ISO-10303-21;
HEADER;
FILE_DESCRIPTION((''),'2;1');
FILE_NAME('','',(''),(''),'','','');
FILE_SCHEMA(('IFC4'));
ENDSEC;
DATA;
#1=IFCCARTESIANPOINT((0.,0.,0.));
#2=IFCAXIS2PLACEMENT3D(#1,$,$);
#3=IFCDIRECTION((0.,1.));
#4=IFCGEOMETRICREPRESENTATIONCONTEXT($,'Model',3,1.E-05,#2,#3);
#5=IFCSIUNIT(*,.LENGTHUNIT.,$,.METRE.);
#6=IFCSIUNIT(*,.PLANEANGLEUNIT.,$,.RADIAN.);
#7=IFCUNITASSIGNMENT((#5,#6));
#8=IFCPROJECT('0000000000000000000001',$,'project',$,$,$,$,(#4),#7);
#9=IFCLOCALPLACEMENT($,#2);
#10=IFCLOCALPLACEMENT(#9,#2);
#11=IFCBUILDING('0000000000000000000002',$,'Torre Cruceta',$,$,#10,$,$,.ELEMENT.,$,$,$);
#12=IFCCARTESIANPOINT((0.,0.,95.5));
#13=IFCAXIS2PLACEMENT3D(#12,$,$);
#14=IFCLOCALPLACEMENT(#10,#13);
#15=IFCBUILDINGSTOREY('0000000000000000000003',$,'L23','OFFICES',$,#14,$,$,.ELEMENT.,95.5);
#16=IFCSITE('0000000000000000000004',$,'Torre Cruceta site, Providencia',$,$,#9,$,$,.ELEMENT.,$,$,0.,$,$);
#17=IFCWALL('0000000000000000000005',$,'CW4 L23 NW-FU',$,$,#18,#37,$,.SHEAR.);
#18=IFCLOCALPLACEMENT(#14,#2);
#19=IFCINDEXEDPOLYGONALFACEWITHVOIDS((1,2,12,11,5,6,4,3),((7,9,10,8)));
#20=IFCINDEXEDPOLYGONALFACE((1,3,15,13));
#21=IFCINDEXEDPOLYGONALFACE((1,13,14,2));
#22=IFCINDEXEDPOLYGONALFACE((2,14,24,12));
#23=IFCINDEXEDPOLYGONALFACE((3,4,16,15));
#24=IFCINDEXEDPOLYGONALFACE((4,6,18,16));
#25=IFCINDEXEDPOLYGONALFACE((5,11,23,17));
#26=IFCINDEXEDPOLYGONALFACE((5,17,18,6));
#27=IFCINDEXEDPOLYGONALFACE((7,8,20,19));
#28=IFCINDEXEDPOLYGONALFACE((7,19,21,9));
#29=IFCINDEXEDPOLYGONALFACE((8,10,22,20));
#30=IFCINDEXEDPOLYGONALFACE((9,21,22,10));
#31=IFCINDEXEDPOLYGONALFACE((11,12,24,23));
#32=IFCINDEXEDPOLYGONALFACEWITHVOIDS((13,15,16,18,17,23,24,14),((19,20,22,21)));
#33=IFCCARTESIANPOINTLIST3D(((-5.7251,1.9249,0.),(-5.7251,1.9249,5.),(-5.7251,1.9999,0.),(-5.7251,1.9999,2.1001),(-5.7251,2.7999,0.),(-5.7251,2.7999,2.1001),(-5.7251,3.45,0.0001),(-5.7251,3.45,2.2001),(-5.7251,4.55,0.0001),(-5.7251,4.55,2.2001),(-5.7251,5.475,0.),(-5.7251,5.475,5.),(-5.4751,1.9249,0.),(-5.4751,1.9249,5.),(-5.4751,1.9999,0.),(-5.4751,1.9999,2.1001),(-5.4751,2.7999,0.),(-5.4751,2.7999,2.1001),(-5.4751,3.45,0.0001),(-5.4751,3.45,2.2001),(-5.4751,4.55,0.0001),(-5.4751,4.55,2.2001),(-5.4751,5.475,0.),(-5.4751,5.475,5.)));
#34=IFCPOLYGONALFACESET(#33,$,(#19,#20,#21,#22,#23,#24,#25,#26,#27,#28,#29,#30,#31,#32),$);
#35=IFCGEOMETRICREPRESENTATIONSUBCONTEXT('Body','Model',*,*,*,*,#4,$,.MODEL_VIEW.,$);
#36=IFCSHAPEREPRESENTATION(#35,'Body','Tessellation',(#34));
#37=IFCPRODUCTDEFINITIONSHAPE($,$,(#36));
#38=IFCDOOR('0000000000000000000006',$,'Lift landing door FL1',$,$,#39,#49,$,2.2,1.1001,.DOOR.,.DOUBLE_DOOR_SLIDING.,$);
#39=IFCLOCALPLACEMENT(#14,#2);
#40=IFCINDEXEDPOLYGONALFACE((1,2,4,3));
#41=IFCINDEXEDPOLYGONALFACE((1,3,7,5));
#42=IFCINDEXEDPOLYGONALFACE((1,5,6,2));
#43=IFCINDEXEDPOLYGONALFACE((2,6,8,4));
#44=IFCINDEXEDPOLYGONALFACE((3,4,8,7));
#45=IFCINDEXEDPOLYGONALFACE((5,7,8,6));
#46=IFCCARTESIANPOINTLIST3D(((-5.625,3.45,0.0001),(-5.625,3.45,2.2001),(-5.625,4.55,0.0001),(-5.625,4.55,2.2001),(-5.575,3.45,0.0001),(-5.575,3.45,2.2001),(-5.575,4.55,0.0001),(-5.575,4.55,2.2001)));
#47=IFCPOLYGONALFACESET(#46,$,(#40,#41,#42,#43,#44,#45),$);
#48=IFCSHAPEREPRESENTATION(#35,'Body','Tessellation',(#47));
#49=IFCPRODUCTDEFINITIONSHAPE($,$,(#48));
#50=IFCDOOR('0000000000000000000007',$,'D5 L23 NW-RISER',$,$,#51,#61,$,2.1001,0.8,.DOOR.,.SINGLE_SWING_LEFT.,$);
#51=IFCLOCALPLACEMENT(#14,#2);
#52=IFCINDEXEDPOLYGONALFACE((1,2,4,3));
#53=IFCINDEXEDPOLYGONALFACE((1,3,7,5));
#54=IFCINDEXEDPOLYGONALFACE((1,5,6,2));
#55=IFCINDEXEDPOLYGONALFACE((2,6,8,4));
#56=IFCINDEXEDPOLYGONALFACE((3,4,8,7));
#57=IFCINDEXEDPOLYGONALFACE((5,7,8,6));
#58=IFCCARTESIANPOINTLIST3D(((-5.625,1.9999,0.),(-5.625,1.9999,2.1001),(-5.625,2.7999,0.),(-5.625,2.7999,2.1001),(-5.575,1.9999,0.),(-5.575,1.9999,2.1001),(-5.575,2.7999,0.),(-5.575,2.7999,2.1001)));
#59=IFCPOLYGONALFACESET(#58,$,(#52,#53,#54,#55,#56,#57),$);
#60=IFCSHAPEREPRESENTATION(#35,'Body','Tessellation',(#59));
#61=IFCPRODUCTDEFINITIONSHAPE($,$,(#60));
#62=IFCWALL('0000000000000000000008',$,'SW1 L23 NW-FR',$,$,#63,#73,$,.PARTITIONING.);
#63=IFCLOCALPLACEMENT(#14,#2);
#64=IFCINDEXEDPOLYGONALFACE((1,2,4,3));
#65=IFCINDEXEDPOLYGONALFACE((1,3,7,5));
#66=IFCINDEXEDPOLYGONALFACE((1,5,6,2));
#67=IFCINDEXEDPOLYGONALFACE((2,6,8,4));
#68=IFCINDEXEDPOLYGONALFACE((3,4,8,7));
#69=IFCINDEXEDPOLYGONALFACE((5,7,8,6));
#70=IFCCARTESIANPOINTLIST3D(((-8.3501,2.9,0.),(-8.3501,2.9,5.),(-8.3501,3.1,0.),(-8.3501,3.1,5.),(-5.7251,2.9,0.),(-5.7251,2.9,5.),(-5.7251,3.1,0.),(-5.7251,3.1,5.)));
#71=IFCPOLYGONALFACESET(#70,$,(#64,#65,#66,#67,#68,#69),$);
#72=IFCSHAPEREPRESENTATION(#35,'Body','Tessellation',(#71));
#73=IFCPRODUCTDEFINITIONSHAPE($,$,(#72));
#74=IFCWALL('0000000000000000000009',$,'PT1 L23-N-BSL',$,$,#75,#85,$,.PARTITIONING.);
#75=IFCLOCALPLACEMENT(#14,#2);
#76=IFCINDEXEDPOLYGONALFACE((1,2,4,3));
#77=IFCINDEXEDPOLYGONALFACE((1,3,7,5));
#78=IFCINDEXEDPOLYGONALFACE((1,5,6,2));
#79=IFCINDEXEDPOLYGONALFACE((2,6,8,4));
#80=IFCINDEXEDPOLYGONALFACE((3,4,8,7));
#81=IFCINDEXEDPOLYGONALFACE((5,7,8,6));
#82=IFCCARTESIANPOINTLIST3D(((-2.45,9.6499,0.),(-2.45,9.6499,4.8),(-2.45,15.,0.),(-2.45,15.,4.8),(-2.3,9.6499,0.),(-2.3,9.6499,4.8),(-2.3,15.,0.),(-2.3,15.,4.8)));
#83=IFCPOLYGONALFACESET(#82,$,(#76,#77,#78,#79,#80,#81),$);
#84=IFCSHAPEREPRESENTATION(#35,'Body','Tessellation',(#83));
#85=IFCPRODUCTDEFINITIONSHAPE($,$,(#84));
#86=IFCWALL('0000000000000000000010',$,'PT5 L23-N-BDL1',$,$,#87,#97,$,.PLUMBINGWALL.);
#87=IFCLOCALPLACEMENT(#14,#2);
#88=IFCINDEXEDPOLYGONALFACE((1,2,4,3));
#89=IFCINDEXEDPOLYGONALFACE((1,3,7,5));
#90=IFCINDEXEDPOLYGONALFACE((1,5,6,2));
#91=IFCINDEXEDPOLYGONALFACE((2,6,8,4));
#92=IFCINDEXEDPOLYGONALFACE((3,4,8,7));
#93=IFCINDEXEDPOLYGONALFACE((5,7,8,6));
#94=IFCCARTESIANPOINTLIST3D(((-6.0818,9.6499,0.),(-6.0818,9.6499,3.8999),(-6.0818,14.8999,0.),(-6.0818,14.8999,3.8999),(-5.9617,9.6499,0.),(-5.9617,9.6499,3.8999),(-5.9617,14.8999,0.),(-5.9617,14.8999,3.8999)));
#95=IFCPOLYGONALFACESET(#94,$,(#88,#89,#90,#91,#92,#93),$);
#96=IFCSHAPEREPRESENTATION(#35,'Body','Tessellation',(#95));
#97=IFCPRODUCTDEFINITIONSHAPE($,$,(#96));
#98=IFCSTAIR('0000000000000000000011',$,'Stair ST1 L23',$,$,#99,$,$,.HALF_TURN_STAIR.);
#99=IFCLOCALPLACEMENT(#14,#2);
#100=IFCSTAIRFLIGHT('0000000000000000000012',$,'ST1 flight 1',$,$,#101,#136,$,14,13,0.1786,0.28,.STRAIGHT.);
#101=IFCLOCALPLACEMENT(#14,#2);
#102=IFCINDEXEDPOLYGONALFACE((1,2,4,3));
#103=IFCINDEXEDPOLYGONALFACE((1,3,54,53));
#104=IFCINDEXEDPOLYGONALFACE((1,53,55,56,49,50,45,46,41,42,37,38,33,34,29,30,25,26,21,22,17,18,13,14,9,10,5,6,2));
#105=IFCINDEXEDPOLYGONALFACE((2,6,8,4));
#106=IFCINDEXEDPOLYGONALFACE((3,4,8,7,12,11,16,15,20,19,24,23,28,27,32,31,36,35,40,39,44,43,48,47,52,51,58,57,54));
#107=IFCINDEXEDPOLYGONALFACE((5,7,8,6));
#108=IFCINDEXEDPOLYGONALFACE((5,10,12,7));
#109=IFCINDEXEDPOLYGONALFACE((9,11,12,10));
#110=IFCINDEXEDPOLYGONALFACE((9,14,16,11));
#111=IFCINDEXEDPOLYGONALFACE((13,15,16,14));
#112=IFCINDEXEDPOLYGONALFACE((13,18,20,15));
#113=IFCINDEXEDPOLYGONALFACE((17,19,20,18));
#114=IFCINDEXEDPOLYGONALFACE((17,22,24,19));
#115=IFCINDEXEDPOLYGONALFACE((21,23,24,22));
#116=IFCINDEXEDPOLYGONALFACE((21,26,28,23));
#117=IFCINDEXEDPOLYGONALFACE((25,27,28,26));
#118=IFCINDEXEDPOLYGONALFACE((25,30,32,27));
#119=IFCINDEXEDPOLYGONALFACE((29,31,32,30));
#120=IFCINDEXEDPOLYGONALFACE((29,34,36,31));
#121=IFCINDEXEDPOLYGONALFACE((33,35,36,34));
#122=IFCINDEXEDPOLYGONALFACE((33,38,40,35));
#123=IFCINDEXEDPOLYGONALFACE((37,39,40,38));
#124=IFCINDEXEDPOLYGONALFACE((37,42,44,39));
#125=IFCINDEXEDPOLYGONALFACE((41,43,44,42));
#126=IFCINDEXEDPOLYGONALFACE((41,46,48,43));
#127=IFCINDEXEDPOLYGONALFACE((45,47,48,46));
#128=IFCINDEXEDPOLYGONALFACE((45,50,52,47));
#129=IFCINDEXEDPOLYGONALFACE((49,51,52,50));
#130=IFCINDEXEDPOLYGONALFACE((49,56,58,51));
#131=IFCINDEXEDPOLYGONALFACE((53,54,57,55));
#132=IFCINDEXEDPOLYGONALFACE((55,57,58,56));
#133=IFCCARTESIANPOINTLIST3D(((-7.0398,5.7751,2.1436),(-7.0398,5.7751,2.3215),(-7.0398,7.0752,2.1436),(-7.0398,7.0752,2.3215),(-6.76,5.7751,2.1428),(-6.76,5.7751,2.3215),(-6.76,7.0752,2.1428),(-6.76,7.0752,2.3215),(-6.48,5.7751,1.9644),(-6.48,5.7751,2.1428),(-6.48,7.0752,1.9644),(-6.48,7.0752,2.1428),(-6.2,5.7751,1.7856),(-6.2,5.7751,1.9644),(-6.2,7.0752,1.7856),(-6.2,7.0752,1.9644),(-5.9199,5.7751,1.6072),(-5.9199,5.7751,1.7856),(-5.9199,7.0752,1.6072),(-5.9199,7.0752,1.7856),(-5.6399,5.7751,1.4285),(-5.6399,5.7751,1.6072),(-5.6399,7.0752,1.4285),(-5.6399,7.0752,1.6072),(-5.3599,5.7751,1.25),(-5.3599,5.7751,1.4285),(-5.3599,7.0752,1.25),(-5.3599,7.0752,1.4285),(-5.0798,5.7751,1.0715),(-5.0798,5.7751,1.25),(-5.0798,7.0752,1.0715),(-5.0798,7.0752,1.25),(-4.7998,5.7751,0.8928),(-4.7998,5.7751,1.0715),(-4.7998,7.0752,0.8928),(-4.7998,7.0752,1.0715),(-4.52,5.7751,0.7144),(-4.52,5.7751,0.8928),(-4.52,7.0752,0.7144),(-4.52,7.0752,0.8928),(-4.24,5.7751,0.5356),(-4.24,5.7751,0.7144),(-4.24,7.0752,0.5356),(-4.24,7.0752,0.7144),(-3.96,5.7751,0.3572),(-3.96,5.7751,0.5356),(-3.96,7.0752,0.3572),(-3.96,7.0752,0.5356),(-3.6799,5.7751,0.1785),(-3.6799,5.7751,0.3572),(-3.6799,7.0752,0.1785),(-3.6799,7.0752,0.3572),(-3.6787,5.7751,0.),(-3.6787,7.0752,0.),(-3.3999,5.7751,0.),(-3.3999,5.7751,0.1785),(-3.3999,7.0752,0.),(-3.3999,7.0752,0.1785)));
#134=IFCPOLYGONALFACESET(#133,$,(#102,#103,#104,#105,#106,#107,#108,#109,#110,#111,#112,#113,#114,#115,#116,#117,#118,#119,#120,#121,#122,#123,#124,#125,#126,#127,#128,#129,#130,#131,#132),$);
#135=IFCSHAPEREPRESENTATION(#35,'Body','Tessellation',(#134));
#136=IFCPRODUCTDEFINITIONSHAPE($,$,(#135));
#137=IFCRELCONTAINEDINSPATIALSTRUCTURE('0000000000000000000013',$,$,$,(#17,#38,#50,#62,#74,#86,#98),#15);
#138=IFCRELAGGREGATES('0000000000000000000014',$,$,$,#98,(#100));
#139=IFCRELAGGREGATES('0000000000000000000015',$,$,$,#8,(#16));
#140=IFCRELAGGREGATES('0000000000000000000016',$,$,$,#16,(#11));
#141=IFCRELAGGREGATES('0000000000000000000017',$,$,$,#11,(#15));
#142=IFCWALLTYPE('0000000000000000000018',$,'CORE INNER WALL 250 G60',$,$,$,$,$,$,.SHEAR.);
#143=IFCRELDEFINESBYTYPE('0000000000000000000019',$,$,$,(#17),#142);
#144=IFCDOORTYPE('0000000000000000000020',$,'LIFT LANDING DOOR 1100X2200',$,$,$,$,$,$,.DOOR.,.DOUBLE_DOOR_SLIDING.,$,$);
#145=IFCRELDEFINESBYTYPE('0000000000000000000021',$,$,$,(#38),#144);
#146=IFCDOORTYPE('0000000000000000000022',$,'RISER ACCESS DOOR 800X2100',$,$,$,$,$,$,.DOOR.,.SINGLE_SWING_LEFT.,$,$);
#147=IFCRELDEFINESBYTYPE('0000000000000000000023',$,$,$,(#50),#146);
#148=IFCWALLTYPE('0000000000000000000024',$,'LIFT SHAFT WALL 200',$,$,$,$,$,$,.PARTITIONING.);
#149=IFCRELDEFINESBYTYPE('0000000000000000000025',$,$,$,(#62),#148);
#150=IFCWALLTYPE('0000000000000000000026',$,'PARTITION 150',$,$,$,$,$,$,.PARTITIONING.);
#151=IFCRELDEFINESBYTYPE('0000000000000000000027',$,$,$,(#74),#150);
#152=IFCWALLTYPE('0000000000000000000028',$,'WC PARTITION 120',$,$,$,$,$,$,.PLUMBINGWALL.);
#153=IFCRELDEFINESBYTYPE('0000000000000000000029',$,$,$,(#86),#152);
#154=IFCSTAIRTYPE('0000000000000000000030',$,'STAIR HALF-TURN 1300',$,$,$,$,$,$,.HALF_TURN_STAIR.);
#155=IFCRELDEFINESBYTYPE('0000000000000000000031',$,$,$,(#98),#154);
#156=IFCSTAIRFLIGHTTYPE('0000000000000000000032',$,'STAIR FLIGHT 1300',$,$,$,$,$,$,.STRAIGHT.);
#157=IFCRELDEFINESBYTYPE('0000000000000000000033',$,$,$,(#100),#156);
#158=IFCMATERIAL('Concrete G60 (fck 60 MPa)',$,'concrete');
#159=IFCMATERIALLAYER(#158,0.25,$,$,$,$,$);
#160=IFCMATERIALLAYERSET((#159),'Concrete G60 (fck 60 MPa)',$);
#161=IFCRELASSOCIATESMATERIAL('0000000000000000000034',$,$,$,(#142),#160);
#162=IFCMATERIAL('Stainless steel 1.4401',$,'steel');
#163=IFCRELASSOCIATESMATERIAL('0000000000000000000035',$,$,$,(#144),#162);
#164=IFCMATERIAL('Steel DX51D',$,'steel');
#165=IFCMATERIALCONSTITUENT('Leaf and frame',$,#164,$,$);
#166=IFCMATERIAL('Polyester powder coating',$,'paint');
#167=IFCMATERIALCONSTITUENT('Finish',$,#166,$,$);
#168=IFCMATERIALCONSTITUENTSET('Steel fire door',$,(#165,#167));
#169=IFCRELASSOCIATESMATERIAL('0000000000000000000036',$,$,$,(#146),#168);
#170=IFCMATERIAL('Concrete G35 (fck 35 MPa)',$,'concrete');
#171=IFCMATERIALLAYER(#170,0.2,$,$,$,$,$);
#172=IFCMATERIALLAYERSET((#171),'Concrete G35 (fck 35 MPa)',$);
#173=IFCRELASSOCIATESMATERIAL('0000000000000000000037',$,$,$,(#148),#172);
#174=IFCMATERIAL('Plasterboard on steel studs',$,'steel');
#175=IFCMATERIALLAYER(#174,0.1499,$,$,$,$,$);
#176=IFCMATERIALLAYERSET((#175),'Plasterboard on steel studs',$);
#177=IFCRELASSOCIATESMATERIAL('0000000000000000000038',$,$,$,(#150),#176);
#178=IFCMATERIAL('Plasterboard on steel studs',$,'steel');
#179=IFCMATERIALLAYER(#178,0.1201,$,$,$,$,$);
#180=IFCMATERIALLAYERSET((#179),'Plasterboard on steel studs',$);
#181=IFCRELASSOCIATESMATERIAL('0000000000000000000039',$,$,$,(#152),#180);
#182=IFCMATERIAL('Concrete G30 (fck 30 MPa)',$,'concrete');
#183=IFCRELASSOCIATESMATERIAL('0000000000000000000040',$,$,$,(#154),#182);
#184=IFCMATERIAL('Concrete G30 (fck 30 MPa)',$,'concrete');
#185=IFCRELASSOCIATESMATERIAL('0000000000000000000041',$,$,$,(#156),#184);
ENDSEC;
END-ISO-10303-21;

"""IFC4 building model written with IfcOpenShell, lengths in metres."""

from ifc_helpers import new_model, si_unit, direction, frame, frame_2d, origin, place, context, subcontext, project, spatial, polyline, rectangle, outline, extrude, material, layer, layer_set, constituent, constituent_set, type_object, element, fill, aggregate, save


model = new_model("IFC4")

# Units and contexts
model_context = context("Model", 3, precision=1e-05, world=origin(), true_north=direction((0.0, 1.0)))
body_context = subcontext(model_context, "Body", "Model", "MODEL_VIEW")
ifc_project = project(units=[si_unit("LENGTHUNIT", "METRE"), si_unit("PLANEANGLEUNIT", "RADIAN")], contexts=[model_context])

# Site, building, storey
site_placement = place(None, origin())
site = spatial("IfcSite", under=ifc_project, at=site_placement, Name="Torre Cruceta site, Providencia", CompositionType="ELEMENT", RefElevation=0.0)
building_placement = place(site_placement, origin())
building = spatial("IfcBuilding", under=site, at=building_placement, Name="Torre Cruceta", CompositionType="ELEMENT")
storey_placement = place(building_placement, frame((0.0, 0.0, 95.5)))
storey = spatial("IfcBuildingStorey", under=building, at=storey_placement, Name="L23", Description="OFFICES", CompositionType="ELEMENT", Elevation=95.5)

# Shared definitions
ifc_material_1 = material(Name="Concrete G60 (fck 60 MPa)", Category="concrete")
ifc_layer_1 = layer(ifc_material_1, 0.25)
ifc_layer_set_1 = layer_set([ifc_layer_1], Name="Concrete G60 (fck 60 MPa)")
wall_type_1 = type_object("IfcWallType", Name="CORE INNER WALL 250 G60", PredefinedType="SHEAR", material=ifc_layer_set_1)

# Wall, openings, doors
wall_1_placement = place(storey_placement, frame((-5.6001, 1.925, 0.0), z_axis=(0.0, 0.0, 1.0), x_axis=(0.0, 1.0, 0.0)))
wall_1 = element("IfcWall", 1, at=wall_1_placement, inside=storey, type_object=wall_type_1, Name="CW4 L23 NW-FU", PredefinedType="SHEAR", context=body_context, shape_type="SweptSolid", body=[
    extrude(rectangle(XDim=3.55, YDim=0.25, at=frame_2d((1.7749, 0.0))), origin(), (0.0, 0.0, 1.0), 5.0),
])
opening_1_placement = place(wall_1_placement, frame((1.5249, 0.0, 0.0)))
opening_1 = element("IfcOpeningElement", 2, at=opening_1_placement, cuts=wall_1, PredefinedType="OPENING", context=body_context, shape_type="SweptSolid", body=[
    extrude(rectangle(XDim=1.1001, YDim=2.2, at=frame_2d((0.55, 1.1001))), frame((0.0, 0.135, 0.0), z_axis=(0.0, -1.0, 0.0), x_axis=(1.0, 0.0, 0.0)), (0.0, 0.0, 1.0), 0.27),
])
opening_2_placement = place(wall_1_placement, frame((0.075, 0.0, 0.0)))
opening_2 = element("IfcOpeningElement", 3, at=opening_2_placement, cuts=wall_1, PredefinedType="OPENING", context=body_context, shape_type="SweptSolid", body=[
    extrude(rectangle(XDim=0.8, YDim=2.1001, at=frame_2d((0.3999, 1.05))), frame((0.0, 0.135, 0.0), z_axis=(0.0, -1.0, 0.0), x_axis=(1.0, 0.0, 0.0)), (0.0, 0.0, 1.0), 0.27),
])
ifc_material_2 = material(Name="Stainless steel 1.4401", Category="steel")
door_type_1 = type_object("IfcDoorType", Name="LIFT LANDING DOOR 1100X2200", OperationType="DOUBLE_DOOR_SLIDING", PredefinedType="DOOR", material=ifc_material_2)
door_1_placement = place(opening_1_placement, origin())
door_1 = element("IfcDoor", 4, at=door_1_placement, inside=storey, type_object=door_type_1, Name="Lift landing door FL1", OperationType="DOUBLE_DOOR_SLIDING", OverallHeight=2.2, OverallWidth=1.1001, PredefinedType="DOOR", context=body_context, shape_type="SweptSolid", body=[
    extrude(rectangle(XDim=1.1001, YDim=2.2, at=frame_2d((0.55, 1.1001))), frame((0.0, 0.0249, 0.0), z_axis=(0.0, -1.0, 0.0), x_axis=(1.0, 0.0, 0.0)), (0.0, 0.0, 1.0), 0.05),
])
fill(opening_1, door_1)
ifc_material_3 = material(Name="Steel DX51D", Category="steel")
ifc_constituent_1 = constituent(ifc_material_3, Name="Leaf and frame")
ifc_material_4 = material(Name="Polyester powder coating", Category="paint")
ifc_constituent_2 = constituent(ifc_material_4, Name="Finish")
ifc_constituent_set_1 = constituent_set(constituents=[ifc_constituent_1, ifc_constituent_2], Name="Steel fire door")
door_type_2 = type_object("IfcDoorType", Name="RISER ACCESS DOOR 800X2100", OperationType="SINGLE_SWING_LEFT", PredefinedType="DOOR", material=ifc_constituent_set_1)
door_2_placement = place(opening_2_placement, origin())
door_2 = element("IfcDoor", 5, at=door_2_placement, inside=storey, type_object=door_type_2, Name="D5 L23 NW-RISER", OperationType="SINGLE_SWING_LEFT", OverallHeight=2.1001, OverallWidth=0.8, PredefinedType="DOOR", context=body_context, shape_type="SweptSolid", body=[
    extrude(rectangle(XDim=0.8, YDim=2.1001, at=frame_2d((0.3999, 1.05))), frame((0.0, 0.0249, 0.0), z_axis=(0.0, -1.0, 0.0), x_axis=(1.0, 0.0, 0.0)), (0.0, 0.0, 1.0), 0.05),
])
fill(opening_2, door_2)

# Walls
ifc_material_5 = material(Name="Concrete G35 (fck 35 MPa)", Category="concrete")
ifc_layer_2 = layer(ifc_material_5, 0.2)
ifc_layer_set_2 = layer_set([ifc_layer_2], Name="Concrete G35 (fck 35 MPa)")
wall_type_2 = type_object("IfcWallType", Name="LIFT SHAFT WALL 200", PredefinedType="PARTITIONING", material=ifc_layer_set_2)
wall_2_placement = place(storey_placement, frame((-5.7251, 3.0, 0.0), z_axis=(0.0, 0.0, 1.0), x_axis=(-1.0, 0.0, 0.0)))
element("IfcWall", 6, at=wall_2_placement, inside=storey, type_object=wall_type_2, Name="SW1 L23 NW-FR", PredefinedType="PARTITIONING", context=body_context, shape_type="SweptSolid", body=[
    extrude(rectangle(XDim=2.625, YDim=0.2, at=frame_2d((1.3125, 0.0))), origin(), (0.0, 0.0, 1.0), 5.0),
])
ifc_material_6 = material(Name="Plasterboard on steel studs", Category="steel")
ifc_layer_3 = layer(ifc_material_6, 0.1499)
ifc_layer_set_3 = layer_set([ifc_layer_3], Name="Plasterboard on steel studs")
wall_type_3 = type_object("IfcWallType", Name="PARTITION 150", PredefinedType="PARTITIONING", material=ifc_layer_set_3)
wall_3_placement = place(storey_placement, frame((-2.375, 9.6499, 0.0), z_axis=(0.0, 0.0, 1.0), x_axis=(0.0, 1.0, 0.0)))
element("IfcWall", 7, at=wall_3_placement, inside=storey, type_object=wall_type_3, Name="PT1 L23-N-BSL", PredefinedType="PARTITIONING", context=body_context, shape_type="SweptSolid", body=[
    extrude(rectangle(XDim=5.3501, YDim=0.1499, at=frame_2d((2.675, 0.0))), origin(), (0.0, 0.0, 1.0), 4.8),
])
ifc_material_7 = material(Name="Plasterboard on steel studs", Category="steel")
ifc_layer_4 = layer(ifc_material_7, 0.1201)
ifc_layer_set_4 = layer_set([ifc_layer_4], Name="Plasterboard on steel studs")
wall_type_4 = type_object("IfcWallType", Name="WC PARTITION 120", PredefinedType="PLUMBINGWALL", material=ifc_layer_set_4)
wall_4_placement = place(storey_placement, frame((-6.0217, 9.6499, 0.0), z_axis=(0.0, 0.0, 1.0), x_axis=(0.0, 1.0, 0.0)))
element("IfcWall", 8, at=wall_4_placement, inside=storey, type_object=wall_type_4, Name="PT5 L23-N-BDL1", PredefinedType="PLUMBINGWALL", context=body_context, shape_type="SweptSolid", body=[
    extrude(rectangle(XDim=5.25, YDim=0.1201, at=frame_2d((2.625, 0.0))), origin(), (0.0, 0.0, 1.0), 3.8999),
])

# Stair, stair flight
ifc_material_8 = material(Name="Concrete G30 (fck 30 MPa)", Category="concrete")
stair_type = type_object("IfcStairType", Name="STAIR HALF-TURN 1300", PredefinedType="HALF_TURN_STAIR", material=ifc_material_8)
stair_placement = place(storey_placement, origin())
stair = element("IfcStair", 9, at=stair_placement, inside=storey, type_object=stair_type, Name="Stair ST1 L23", PredefinedType="HALF_TURN_STAIR")
ifc_material_9 = material(Name="Concrete G30 (fck 30 MPa)", Category="concrete")
stair_flight_type = type_object("IfcStairFlightType", Name="STAIR FLIGHT 1300", PredefinedType="STRAIGHT", material=ifc_material_9)
stair_flight_1_placement = place(storey_placement, frame((-3.3999, 6.425, 0.0), z_axis=(0.0, 0.0, 1.0), x_axis=(-1.0, 0.0, 0.0)))
stair_flight_1 = element("IfcStairFlight", 10, at=stair_flight_1_placement, type_object=stair_flight_type, Name="ST1 flight 1", NumberOfRisers=14, NumberOfTreads=13, PredefinedType="STRAIGHT", RiserHeight=0.1786, TreadLength=0.28, context=body_context, shape_type="SweptSolid", body=[
    extrude(outline(polyline([(0.0, 0.0), (0.0, 0.1785), (0.28, 0.1785), (0.28, 0.3572), (0.5601, 0.3572), (0.5601, 0.5356), (0.8401, 0.5356), (0.8401, 0.7144), (1.1201, 0.7144), (1.1201, 0.8928), (1.3999, 0.8928), (1.3999, 1.0715), (1.6799, 1.0715), (1.6799, 1.25), (1.96, 1.25), (1.96, 1.4285), (2.24, 1.4285), (2.24, 1.6072), (2.52, 1.6072), (2.52, 1.7856), (2.8, 1.7856), (2.8, 1.9644), (3.0801, 1.9644), (3.0801, 2.1428), (3.3601, 2.1428), (3.3601, 2.3215), (3.6399, 2.3215), (3.6399, 2.5), (3.6399, 2.1436), (0.2788, 0.0), (0.0, 0.0)])), frame((0.0, 0.6499, 0.0), z_axis=(0.0, -1.0, 0.0), x_axis=(1.0, 0.0, 0.0)), (0.0, 0.0, 1.0), 1.3),
])
aggregate(stair, [stair_flight_1])

save(model, "model.ifc")
